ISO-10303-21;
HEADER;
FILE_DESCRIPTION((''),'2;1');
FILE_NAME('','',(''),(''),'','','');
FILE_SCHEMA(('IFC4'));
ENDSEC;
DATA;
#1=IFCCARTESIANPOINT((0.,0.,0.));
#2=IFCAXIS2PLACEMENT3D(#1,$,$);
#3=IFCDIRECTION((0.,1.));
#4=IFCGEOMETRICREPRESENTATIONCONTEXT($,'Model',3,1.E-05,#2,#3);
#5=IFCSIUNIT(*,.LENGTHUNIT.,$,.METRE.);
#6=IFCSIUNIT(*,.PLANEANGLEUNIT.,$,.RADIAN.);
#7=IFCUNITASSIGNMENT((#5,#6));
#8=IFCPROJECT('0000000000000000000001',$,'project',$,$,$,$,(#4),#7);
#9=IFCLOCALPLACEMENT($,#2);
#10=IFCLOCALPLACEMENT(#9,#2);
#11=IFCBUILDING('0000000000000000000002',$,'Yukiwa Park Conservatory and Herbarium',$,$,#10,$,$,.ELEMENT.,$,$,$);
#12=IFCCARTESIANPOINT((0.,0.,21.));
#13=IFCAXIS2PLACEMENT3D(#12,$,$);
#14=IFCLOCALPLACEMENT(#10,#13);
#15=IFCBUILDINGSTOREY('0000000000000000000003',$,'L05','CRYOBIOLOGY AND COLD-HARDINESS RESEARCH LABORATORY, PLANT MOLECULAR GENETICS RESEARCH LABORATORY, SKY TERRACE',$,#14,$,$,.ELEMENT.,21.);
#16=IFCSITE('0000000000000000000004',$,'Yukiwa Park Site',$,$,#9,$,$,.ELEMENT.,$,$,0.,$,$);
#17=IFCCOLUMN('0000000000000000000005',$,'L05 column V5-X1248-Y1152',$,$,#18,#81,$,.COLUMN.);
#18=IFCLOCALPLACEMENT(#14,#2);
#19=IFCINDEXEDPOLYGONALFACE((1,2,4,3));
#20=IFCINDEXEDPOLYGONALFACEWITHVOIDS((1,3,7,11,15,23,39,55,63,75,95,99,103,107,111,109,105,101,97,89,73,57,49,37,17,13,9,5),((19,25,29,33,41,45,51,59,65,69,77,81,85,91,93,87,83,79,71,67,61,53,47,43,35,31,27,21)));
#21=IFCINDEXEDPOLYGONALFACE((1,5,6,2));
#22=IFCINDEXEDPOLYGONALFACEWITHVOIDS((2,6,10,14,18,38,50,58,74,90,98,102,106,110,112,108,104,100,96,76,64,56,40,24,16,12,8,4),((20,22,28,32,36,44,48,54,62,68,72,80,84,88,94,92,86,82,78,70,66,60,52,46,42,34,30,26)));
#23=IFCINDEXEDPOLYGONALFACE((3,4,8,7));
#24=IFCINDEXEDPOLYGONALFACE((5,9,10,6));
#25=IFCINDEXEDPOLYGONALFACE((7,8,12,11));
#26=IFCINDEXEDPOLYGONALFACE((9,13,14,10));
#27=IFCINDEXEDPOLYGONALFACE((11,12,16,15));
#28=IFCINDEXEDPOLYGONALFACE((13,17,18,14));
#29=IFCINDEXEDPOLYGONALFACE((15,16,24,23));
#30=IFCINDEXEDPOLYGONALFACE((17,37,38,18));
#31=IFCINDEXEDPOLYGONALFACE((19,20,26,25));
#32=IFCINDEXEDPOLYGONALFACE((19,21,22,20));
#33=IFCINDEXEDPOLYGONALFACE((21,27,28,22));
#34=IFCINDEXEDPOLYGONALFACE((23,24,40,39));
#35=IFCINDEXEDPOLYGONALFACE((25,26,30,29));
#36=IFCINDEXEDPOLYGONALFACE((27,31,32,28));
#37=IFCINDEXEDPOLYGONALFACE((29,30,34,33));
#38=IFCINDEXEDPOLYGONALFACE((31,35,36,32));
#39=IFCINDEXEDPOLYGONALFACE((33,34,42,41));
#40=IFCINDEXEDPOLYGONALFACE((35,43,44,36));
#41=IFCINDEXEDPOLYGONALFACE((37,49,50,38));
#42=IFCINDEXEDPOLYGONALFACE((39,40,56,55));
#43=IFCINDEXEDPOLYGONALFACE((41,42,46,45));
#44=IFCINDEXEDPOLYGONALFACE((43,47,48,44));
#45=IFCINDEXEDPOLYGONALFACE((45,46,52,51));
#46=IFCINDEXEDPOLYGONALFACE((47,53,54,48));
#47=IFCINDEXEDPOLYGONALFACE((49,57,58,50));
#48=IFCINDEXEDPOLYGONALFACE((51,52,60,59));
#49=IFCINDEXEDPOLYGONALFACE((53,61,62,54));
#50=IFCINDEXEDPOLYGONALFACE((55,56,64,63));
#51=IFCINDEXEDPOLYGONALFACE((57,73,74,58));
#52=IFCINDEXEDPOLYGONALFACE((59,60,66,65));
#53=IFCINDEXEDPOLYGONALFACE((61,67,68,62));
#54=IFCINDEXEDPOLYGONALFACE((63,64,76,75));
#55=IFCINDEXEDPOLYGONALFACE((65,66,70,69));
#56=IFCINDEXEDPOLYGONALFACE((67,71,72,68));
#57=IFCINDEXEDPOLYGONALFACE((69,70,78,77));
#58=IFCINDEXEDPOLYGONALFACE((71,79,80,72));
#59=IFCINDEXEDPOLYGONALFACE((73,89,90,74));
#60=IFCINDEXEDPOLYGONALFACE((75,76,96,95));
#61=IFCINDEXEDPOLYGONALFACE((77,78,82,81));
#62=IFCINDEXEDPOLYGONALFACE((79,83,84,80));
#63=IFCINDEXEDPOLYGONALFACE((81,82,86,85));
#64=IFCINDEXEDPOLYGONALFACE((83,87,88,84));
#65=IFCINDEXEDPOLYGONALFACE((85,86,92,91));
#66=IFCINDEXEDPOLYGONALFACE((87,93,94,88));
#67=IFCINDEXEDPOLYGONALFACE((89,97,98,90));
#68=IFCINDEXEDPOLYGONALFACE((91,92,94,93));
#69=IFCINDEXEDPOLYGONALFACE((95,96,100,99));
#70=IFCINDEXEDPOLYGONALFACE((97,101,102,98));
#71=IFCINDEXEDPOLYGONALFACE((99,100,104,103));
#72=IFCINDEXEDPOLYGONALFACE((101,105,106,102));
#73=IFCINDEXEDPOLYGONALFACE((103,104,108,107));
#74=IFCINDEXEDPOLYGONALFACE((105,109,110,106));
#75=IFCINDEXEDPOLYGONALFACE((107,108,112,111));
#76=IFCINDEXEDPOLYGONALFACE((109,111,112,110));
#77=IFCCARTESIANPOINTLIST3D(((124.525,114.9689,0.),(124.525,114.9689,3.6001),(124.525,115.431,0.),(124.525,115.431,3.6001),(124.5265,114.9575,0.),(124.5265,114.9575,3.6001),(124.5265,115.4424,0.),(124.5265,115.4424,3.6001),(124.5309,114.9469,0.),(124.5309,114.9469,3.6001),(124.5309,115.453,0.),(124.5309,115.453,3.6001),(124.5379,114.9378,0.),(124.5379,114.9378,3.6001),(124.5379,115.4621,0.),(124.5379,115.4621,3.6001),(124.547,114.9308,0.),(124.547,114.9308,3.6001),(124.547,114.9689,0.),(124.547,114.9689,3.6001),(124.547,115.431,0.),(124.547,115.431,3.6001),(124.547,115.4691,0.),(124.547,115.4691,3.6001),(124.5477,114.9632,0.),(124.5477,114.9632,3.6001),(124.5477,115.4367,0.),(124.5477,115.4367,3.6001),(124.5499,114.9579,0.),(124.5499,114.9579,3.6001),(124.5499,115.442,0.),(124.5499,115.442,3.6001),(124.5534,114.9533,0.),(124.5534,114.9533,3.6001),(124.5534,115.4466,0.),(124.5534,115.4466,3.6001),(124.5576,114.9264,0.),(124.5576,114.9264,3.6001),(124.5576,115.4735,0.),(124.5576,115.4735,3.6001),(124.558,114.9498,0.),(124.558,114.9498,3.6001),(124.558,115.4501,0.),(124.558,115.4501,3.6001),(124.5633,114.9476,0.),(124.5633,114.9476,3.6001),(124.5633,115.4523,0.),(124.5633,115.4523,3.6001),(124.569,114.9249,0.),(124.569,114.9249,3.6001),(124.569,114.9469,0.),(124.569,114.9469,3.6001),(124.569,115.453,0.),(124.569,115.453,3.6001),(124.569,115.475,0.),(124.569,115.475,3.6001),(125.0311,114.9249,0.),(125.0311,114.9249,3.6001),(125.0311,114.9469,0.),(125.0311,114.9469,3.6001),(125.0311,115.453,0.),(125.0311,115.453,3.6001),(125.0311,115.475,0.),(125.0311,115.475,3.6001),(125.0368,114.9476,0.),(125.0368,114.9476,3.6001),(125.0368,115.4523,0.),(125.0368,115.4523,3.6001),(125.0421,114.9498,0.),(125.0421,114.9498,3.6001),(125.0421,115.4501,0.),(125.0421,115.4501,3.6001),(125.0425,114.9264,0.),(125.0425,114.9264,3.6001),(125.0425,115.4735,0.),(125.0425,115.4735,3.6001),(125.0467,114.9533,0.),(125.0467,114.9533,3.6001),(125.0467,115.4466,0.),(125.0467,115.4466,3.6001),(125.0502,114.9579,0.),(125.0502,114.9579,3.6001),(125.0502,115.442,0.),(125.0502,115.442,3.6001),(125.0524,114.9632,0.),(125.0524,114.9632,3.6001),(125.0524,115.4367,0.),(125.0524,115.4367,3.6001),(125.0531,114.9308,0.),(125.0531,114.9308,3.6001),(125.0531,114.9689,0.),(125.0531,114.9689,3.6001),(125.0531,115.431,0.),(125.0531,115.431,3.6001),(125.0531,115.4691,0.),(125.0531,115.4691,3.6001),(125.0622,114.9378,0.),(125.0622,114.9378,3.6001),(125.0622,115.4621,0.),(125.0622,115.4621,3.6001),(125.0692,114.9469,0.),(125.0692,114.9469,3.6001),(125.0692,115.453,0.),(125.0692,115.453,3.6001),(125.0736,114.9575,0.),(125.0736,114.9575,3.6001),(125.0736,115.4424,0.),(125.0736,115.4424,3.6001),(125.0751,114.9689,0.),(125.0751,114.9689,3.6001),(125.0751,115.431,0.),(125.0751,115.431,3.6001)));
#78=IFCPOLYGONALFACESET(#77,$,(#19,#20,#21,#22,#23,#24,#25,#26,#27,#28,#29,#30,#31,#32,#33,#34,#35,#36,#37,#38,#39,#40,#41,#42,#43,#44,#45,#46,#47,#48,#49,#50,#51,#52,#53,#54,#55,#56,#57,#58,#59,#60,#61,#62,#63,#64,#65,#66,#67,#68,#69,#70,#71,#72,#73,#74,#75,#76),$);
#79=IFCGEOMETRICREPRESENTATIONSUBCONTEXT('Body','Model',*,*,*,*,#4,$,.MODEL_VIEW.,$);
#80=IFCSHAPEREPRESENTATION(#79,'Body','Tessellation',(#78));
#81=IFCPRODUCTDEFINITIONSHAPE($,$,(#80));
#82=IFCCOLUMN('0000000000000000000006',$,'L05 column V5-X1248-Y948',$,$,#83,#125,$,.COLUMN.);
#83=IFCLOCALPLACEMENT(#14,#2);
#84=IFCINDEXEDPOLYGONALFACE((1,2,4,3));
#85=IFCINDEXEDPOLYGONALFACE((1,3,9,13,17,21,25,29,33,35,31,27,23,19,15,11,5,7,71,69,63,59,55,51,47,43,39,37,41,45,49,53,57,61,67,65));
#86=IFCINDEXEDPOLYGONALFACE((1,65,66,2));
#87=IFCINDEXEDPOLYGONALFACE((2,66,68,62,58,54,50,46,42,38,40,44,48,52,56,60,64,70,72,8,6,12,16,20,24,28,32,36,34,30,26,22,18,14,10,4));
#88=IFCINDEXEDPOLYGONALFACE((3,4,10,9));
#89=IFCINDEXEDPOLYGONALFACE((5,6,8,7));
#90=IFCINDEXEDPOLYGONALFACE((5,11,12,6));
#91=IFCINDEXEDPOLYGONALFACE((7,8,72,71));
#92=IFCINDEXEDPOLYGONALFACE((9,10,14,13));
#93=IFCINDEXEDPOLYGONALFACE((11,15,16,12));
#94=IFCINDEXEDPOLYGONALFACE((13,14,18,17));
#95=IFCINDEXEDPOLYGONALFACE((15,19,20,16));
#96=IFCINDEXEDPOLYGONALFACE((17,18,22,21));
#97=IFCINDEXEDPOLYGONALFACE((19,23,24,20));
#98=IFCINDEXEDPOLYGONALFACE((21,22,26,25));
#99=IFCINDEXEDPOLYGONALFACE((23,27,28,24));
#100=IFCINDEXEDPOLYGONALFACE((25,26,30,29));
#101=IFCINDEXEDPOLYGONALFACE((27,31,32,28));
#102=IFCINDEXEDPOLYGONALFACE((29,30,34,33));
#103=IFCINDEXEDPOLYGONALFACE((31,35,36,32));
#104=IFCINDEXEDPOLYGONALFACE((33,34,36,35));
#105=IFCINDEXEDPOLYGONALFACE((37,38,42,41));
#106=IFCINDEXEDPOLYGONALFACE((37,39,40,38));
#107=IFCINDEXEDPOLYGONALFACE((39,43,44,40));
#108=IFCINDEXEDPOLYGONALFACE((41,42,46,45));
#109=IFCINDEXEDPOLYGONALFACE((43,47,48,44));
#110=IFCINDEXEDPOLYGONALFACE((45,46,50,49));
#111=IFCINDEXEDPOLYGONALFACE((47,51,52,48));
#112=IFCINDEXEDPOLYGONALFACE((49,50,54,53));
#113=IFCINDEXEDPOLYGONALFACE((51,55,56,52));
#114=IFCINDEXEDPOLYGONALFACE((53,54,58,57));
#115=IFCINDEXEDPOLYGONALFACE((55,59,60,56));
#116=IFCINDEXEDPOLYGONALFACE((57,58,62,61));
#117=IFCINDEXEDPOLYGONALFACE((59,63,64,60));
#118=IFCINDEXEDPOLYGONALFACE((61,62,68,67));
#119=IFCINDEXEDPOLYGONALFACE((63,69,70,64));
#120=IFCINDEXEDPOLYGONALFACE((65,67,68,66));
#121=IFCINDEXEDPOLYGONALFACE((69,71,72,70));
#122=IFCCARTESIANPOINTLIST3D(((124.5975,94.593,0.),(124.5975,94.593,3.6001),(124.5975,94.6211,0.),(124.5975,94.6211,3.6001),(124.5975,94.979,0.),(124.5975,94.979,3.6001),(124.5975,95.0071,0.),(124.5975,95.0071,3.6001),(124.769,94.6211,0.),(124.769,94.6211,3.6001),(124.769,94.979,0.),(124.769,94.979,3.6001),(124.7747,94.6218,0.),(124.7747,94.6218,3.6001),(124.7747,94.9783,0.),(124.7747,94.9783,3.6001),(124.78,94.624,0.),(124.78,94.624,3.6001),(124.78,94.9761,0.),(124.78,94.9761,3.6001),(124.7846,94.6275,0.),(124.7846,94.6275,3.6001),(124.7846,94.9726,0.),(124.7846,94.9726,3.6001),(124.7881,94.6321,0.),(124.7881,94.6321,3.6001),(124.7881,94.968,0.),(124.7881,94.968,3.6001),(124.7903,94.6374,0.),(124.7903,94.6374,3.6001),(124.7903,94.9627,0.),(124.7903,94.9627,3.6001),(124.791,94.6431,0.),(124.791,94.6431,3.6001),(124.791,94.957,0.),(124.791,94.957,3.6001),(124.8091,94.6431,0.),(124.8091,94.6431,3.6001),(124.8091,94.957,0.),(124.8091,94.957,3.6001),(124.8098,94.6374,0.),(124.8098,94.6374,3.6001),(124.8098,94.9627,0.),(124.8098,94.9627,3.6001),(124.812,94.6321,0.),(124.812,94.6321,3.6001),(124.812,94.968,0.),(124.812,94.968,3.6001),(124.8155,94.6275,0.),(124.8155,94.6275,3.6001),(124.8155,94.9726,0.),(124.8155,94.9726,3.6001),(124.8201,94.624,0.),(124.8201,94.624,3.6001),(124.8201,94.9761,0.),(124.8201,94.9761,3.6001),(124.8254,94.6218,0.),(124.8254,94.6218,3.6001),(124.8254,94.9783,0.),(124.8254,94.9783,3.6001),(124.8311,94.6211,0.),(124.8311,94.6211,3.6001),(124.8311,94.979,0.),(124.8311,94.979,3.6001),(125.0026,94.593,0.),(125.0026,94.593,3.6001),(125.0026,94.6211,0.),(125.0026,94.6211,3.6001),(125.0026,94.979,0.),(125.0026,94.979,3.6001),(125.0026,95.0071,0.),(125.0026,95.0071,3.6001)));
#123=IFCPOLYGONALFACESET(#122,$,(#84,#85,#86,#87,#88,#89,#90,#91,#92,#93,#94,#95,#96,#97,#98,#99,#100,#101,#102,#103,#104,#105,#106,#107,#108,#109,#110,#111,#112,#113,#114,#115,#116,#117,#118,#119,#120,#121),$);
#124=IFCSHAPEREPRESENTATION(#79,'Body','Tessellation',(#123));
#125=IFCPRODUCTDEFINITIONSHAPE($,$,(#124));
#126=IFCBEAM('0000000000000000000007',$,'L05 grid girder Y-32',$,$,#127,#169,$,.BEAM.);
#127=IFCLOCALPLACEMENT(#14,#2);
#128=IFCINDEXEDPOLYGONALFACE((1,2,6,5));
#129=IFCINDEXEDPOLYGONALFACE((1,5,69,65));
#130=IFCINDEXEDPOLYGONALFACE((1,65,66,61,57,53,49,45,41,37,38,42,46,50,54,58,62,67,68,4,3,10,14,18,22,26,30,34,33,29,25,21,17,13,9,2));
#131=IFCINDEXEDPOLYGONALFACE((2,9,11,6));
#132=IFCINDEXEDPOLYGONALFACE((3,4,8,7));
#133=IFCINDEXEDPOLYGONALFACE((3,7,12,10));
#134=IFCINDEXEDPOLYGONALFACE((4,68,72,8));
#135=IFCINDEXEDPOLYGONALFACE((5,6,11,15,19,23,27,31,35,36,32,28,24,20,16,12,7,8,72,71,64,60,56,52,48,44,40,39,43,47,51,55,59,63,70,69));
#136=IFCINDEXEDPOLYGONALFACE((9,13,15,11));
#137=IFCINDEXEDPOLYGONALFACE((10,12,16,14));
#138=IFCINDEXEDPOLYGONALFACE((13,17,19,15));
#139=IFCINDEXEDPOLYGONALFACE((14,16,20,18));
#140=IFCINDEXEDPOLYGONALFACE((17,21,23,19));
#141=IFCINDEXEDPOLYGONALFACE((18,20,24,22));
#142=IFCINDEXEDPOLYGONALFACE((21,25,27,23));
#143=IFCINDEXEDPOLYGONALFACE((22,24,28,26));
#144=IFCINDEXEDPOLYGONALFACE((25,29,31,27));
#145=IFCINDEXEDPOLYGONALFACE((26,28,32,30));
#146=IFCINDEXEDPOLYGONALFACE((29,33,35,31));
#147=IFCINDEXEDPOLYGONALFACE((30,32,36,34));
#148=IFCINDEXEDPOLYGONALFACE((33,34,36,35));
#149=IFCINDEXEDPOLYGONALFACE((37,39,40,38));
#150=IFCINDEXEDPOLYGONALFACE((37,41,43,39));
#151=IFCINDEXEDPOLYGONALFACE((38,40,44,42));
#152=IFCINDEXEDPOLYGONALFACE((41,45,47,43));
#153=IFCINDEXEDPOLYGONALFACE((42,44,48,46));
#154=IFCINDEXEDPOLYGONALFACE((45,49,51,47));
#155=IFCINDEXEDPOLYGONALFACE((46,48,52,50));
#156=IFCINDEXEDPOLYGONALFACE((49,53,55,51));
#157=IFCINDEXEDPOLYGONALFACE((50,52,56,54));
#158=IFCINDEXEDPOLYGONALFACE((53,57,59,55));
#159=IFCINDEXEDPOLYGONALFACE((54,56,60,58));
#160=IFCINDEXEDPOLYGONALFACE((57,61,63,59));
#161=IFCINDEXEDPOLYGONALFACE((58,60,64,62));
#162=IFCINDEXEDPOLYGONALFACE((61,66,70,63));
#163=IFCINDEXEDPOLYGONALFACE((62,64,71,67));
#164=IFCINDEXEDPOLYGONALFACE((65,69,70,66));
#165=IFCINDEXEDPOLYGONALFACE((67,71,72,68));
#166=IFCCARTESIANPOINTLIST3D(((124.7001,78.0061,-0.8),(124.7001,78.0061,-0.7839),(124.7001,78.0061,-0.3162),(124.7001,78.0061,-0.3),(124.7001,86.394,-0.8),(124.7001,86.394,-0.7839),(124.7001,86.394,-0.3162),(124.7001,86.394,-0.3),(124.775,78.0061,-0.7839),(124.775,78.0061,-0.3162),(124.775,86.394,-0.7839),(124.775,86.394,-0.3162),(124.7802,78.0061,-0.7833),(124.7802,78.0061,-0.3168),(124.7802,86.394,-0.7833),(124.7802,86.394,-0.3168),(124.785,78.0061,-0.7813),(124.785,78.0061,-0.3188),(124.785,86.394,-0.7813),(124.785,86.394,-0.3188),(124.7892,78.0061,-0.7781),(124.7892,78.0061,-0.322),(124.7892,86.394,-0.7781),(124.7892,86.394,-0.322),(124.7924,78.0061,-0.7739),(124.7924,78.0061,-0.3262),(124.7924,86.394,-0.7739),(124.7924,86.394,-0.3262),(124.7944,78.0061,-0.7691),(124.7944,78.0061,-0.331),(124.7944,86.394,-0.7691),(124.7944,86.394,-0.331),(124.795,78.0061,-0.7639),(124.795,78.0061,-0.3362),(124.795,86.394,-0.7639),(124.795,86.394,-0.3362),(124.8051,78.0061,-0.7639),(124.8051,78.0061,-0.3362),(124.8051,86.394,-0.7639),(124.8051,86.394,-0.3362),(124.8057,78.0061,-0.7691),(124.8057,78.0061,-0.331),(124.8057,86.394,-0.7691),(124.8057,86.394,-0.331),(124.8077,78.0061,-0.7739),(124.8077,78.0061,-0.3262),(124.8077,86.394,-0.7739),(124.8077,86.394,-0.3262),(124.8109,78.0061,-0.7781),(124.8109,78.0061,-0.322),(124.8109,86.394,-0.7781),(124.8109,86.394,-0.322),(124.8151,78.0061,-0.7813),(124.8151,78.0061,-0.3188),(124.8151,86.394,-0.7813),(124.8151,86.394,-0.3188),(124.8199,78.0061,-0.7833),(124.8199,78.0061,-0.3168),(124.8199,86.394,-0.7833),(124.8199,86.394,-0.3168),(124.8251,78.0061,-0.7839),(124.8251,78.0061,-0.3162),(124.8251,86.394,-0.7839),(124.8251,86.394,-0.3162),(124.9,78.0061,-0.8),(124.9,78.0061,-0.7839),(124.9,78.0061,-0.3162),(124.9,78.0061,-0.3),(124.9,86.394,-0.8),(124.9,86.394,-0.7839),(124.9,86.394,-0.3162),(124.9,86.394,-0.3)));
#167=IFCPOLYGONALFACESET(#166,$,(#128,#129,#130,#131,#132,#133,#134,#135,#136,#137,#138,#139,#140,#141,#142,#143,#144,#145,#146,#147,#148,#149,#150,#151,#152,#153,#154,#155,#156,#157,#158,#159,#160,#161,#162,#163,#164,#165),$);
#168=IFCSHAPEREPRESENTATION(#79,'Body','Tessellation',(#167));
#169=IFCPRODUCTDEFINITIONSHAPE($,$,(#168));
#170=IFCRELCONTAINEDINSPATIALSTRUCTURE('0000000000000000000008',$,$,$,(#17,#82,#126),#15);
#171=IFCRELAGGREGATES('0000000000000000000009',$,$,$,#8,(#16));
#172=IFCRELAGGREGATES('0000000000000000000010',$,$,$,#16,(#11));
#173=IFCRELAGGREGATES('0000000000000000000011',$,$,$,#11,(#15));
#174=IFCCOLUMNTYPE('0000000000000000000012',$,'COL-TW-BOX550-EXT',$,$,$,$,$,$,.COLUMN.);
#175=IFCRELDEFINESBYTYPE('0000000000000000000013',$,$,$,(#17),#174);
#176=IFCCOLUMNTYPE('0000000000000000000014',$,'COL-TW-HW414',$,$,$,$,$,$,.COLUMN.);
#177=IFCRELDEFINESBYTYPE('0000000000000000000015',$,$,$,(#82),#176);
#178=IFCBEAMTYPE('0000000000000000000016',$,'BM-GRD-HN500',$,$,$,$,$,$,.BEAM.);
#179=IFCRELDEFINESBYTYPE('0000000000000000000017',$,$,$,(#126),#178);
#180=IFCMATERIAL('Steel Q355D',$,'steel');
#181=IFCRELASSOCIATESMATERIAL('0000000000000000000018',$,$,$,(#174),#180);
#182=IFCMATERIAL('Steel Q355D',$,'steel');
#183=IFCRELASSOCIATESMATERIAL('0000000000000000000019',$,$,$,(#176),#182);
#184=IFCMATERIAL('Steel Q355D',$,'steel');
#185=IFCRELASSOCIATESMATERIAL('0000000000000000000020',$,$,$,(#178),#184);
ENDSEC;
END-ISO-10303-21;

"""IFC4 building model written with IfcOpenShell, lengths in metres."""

from ifc_helpers import new_model, si_unit, direction, frame, origin, origin_2d, place, context, subcontext, project, spatial, hollow_rectangle, i_section, extrude, material, material_profile, profile_set, type_object, element, save


model = new_model("IFC4")

# Units and contexts
model_context = context("Model", 3, precision=1e-05, world=origin(), true_north=direction((0.0, 1.0)))
body_context = subcontext(model_context, "Body", "Model", "MODEL_VIEW")
ifc_project = project(units=[si_unit("LENGTHUNIT", "METRE"), si_unit("PLANEANGLEUNIT", "RADIAN")], contexts=[model_context])

# Site, building, storey
site_placement = place(None, origin())
site = spatial("IfcSite", under=ifc_project, at=site_placement, Name="Yukiwa Park Site", CompositionType="ELEMENT", RefElevation=0.0)
building_placement = place(site_placement, origin())
building = spatial("IfcBuilding", under=site, at=building_placement, Name="Yukiwa Park Conservatory and Herbarium", CompositionType="ELEMENT")
storey_placement = place(building_placement, frame((0.0, 0.0, 21.0)))
storey = spatial("IfcBuildingStorey", under=building, at=storey_placement, Name="L05", Description="CRYOBIOLOGY AND COLD-HARDINESS RESEARCH LABORATORY, PLANT MOLECULAR GENETICS RESEARCH LABORATORY, SKY TERRACE", CompositionType="ELEMENT", Elevation=21.0)

# Columns
ifc_material_1 = material(Name="Steel Q355D", Category="steel")
ifc_material_profile_1 = material_profile(ifc_material_1, hollow_rectangle(XDim=0.55, YDim=0.55, WallThickness=0.022, InnerFilletRadius=0.022, OuterFilletRadius=0.0439, at=origin_2d()), Name="BOX 550x550x22")
ifc_profile_set_1 = profile_set([ifc_material_profile_1], Name="Steel Q355D")
column_type_1 = type_object("IfcColumnType", Name="COL-TW-BOX550-EXT", PredefinedType="COLUMN", material=ifc_profile_set_1)
for number, where, z_axis, x_axis, name in (
    (1, (124.8, 115.2, 0.0), (0.0, 0.0, 1.0), (1.0, 0.0, 0.0), "L05 column V5-X1248-Y1152"),
):
    element("IfcColumn", number, at=place(storey_placement, frame(where, z_axis=z_axis, x_axis=x_axis)), inside=storey, type_object=column_type_1, Name=name, PredefinedType="COLUMN", context=body_context, shape_type="SweptSolid", body=[
        extrude(hollow_rectangle(XDim=0.55, YDim=0.55, WallThickness=0.022, InnerFilletRadius=0.022, OuterFilletRadius=0.0439, at=origin_2d()), origin(), (0.0, 0.0, 1.0), 3.6001),
    ])
ifc_material_2 = material(Name="Steel Q355D", Category="steel")
ifc_material_profile_2 = material_profile(ifc_material_2, i_section(OverallWidth=0.405, OverallDepth=0.4141, WebThickness=0.0181, FlangeThickness=0.0281, FilletRadius=0.022, at=origin_2d()), Name="HW 414x405x18x28")
ifc_profile_set_2 = profile_set([ifc_material_profile_2], Name="Steel Q355D")
column_type_2 = type_object("IfcColumnType", Name="COL-TW-HW414", PredefinedType="COLUMN", material=ifc_profile_set_2)
column_placement = place(storey_placement, frame((124.8, 94.8, 0.0), z_axis=(0.0, 0.0, 1.0), x_axis=(1.0, 0.0, 0.0)))
element("IfcColumn", 2, at=column_placement, inside=storey, type_object=column_type_2, Name="L05 column V5-X1248-Y948", PredefinedType="COLUMN", context=body_context, shape_type="SweptSolid", body=[
    extrude(i_section(OverallWidth=0.405, OverallDepth=0.4141, WebThickness=0.0181, FlangeThickness=0.0281, FilletRadius=0.022, at=origin_2d()), origin(), (0.0, 0.0, 1.0), 3.6001),
])

# Beam
ifc_material_3 = material(Name="Steel Q355D", Category="steel")
ifc_material_profile_3 = material_profile(ifc_material_3, i_section(OverallWidth=0.2, OverallDepth=0.5, WebThickness=0.01, FlangeThickness=0.0161, FilletRadius=0.02, at=origin_2d()), Name="HN 500x200x10x16")
ifc_profile_set_3 = profile_set([ifc_material_profile_3], Name="Steel Q355D")
beam_type_1 = type_object("IfcBeamType", Name="BM-GRD-HN500", PredefinedType="BEAM", material=ifc_profile_set_3)
for number, where, z_axis, x_axis, name in (
    (3, (124.8, 78.0061, -0.55), (0.0, 1.0, 0.0), (-1.0, 0.0, 0.0), "L05 grid girder Y-32"),
):
    element("IfcBeam", number, at=place(storey_placement, frame(where, z_axis=z_axis, x_axis=x_axis)), inside=storey, type_object=beam_type_1, Name=name, PredefinedType="BEAM", context=body_context, shape_type="SweptSolid", body=[
        extrude(i_section(OverallWidth=0.2, OverallDepth=0.5, WebThickness=0.01, FlangeThickness=0.0161, FilletRadius=0.02, at=origin_2d()), origin(), (0.0, 0.0, 1.0), 8.3879),
    ])

save(model, "model.ifc")
